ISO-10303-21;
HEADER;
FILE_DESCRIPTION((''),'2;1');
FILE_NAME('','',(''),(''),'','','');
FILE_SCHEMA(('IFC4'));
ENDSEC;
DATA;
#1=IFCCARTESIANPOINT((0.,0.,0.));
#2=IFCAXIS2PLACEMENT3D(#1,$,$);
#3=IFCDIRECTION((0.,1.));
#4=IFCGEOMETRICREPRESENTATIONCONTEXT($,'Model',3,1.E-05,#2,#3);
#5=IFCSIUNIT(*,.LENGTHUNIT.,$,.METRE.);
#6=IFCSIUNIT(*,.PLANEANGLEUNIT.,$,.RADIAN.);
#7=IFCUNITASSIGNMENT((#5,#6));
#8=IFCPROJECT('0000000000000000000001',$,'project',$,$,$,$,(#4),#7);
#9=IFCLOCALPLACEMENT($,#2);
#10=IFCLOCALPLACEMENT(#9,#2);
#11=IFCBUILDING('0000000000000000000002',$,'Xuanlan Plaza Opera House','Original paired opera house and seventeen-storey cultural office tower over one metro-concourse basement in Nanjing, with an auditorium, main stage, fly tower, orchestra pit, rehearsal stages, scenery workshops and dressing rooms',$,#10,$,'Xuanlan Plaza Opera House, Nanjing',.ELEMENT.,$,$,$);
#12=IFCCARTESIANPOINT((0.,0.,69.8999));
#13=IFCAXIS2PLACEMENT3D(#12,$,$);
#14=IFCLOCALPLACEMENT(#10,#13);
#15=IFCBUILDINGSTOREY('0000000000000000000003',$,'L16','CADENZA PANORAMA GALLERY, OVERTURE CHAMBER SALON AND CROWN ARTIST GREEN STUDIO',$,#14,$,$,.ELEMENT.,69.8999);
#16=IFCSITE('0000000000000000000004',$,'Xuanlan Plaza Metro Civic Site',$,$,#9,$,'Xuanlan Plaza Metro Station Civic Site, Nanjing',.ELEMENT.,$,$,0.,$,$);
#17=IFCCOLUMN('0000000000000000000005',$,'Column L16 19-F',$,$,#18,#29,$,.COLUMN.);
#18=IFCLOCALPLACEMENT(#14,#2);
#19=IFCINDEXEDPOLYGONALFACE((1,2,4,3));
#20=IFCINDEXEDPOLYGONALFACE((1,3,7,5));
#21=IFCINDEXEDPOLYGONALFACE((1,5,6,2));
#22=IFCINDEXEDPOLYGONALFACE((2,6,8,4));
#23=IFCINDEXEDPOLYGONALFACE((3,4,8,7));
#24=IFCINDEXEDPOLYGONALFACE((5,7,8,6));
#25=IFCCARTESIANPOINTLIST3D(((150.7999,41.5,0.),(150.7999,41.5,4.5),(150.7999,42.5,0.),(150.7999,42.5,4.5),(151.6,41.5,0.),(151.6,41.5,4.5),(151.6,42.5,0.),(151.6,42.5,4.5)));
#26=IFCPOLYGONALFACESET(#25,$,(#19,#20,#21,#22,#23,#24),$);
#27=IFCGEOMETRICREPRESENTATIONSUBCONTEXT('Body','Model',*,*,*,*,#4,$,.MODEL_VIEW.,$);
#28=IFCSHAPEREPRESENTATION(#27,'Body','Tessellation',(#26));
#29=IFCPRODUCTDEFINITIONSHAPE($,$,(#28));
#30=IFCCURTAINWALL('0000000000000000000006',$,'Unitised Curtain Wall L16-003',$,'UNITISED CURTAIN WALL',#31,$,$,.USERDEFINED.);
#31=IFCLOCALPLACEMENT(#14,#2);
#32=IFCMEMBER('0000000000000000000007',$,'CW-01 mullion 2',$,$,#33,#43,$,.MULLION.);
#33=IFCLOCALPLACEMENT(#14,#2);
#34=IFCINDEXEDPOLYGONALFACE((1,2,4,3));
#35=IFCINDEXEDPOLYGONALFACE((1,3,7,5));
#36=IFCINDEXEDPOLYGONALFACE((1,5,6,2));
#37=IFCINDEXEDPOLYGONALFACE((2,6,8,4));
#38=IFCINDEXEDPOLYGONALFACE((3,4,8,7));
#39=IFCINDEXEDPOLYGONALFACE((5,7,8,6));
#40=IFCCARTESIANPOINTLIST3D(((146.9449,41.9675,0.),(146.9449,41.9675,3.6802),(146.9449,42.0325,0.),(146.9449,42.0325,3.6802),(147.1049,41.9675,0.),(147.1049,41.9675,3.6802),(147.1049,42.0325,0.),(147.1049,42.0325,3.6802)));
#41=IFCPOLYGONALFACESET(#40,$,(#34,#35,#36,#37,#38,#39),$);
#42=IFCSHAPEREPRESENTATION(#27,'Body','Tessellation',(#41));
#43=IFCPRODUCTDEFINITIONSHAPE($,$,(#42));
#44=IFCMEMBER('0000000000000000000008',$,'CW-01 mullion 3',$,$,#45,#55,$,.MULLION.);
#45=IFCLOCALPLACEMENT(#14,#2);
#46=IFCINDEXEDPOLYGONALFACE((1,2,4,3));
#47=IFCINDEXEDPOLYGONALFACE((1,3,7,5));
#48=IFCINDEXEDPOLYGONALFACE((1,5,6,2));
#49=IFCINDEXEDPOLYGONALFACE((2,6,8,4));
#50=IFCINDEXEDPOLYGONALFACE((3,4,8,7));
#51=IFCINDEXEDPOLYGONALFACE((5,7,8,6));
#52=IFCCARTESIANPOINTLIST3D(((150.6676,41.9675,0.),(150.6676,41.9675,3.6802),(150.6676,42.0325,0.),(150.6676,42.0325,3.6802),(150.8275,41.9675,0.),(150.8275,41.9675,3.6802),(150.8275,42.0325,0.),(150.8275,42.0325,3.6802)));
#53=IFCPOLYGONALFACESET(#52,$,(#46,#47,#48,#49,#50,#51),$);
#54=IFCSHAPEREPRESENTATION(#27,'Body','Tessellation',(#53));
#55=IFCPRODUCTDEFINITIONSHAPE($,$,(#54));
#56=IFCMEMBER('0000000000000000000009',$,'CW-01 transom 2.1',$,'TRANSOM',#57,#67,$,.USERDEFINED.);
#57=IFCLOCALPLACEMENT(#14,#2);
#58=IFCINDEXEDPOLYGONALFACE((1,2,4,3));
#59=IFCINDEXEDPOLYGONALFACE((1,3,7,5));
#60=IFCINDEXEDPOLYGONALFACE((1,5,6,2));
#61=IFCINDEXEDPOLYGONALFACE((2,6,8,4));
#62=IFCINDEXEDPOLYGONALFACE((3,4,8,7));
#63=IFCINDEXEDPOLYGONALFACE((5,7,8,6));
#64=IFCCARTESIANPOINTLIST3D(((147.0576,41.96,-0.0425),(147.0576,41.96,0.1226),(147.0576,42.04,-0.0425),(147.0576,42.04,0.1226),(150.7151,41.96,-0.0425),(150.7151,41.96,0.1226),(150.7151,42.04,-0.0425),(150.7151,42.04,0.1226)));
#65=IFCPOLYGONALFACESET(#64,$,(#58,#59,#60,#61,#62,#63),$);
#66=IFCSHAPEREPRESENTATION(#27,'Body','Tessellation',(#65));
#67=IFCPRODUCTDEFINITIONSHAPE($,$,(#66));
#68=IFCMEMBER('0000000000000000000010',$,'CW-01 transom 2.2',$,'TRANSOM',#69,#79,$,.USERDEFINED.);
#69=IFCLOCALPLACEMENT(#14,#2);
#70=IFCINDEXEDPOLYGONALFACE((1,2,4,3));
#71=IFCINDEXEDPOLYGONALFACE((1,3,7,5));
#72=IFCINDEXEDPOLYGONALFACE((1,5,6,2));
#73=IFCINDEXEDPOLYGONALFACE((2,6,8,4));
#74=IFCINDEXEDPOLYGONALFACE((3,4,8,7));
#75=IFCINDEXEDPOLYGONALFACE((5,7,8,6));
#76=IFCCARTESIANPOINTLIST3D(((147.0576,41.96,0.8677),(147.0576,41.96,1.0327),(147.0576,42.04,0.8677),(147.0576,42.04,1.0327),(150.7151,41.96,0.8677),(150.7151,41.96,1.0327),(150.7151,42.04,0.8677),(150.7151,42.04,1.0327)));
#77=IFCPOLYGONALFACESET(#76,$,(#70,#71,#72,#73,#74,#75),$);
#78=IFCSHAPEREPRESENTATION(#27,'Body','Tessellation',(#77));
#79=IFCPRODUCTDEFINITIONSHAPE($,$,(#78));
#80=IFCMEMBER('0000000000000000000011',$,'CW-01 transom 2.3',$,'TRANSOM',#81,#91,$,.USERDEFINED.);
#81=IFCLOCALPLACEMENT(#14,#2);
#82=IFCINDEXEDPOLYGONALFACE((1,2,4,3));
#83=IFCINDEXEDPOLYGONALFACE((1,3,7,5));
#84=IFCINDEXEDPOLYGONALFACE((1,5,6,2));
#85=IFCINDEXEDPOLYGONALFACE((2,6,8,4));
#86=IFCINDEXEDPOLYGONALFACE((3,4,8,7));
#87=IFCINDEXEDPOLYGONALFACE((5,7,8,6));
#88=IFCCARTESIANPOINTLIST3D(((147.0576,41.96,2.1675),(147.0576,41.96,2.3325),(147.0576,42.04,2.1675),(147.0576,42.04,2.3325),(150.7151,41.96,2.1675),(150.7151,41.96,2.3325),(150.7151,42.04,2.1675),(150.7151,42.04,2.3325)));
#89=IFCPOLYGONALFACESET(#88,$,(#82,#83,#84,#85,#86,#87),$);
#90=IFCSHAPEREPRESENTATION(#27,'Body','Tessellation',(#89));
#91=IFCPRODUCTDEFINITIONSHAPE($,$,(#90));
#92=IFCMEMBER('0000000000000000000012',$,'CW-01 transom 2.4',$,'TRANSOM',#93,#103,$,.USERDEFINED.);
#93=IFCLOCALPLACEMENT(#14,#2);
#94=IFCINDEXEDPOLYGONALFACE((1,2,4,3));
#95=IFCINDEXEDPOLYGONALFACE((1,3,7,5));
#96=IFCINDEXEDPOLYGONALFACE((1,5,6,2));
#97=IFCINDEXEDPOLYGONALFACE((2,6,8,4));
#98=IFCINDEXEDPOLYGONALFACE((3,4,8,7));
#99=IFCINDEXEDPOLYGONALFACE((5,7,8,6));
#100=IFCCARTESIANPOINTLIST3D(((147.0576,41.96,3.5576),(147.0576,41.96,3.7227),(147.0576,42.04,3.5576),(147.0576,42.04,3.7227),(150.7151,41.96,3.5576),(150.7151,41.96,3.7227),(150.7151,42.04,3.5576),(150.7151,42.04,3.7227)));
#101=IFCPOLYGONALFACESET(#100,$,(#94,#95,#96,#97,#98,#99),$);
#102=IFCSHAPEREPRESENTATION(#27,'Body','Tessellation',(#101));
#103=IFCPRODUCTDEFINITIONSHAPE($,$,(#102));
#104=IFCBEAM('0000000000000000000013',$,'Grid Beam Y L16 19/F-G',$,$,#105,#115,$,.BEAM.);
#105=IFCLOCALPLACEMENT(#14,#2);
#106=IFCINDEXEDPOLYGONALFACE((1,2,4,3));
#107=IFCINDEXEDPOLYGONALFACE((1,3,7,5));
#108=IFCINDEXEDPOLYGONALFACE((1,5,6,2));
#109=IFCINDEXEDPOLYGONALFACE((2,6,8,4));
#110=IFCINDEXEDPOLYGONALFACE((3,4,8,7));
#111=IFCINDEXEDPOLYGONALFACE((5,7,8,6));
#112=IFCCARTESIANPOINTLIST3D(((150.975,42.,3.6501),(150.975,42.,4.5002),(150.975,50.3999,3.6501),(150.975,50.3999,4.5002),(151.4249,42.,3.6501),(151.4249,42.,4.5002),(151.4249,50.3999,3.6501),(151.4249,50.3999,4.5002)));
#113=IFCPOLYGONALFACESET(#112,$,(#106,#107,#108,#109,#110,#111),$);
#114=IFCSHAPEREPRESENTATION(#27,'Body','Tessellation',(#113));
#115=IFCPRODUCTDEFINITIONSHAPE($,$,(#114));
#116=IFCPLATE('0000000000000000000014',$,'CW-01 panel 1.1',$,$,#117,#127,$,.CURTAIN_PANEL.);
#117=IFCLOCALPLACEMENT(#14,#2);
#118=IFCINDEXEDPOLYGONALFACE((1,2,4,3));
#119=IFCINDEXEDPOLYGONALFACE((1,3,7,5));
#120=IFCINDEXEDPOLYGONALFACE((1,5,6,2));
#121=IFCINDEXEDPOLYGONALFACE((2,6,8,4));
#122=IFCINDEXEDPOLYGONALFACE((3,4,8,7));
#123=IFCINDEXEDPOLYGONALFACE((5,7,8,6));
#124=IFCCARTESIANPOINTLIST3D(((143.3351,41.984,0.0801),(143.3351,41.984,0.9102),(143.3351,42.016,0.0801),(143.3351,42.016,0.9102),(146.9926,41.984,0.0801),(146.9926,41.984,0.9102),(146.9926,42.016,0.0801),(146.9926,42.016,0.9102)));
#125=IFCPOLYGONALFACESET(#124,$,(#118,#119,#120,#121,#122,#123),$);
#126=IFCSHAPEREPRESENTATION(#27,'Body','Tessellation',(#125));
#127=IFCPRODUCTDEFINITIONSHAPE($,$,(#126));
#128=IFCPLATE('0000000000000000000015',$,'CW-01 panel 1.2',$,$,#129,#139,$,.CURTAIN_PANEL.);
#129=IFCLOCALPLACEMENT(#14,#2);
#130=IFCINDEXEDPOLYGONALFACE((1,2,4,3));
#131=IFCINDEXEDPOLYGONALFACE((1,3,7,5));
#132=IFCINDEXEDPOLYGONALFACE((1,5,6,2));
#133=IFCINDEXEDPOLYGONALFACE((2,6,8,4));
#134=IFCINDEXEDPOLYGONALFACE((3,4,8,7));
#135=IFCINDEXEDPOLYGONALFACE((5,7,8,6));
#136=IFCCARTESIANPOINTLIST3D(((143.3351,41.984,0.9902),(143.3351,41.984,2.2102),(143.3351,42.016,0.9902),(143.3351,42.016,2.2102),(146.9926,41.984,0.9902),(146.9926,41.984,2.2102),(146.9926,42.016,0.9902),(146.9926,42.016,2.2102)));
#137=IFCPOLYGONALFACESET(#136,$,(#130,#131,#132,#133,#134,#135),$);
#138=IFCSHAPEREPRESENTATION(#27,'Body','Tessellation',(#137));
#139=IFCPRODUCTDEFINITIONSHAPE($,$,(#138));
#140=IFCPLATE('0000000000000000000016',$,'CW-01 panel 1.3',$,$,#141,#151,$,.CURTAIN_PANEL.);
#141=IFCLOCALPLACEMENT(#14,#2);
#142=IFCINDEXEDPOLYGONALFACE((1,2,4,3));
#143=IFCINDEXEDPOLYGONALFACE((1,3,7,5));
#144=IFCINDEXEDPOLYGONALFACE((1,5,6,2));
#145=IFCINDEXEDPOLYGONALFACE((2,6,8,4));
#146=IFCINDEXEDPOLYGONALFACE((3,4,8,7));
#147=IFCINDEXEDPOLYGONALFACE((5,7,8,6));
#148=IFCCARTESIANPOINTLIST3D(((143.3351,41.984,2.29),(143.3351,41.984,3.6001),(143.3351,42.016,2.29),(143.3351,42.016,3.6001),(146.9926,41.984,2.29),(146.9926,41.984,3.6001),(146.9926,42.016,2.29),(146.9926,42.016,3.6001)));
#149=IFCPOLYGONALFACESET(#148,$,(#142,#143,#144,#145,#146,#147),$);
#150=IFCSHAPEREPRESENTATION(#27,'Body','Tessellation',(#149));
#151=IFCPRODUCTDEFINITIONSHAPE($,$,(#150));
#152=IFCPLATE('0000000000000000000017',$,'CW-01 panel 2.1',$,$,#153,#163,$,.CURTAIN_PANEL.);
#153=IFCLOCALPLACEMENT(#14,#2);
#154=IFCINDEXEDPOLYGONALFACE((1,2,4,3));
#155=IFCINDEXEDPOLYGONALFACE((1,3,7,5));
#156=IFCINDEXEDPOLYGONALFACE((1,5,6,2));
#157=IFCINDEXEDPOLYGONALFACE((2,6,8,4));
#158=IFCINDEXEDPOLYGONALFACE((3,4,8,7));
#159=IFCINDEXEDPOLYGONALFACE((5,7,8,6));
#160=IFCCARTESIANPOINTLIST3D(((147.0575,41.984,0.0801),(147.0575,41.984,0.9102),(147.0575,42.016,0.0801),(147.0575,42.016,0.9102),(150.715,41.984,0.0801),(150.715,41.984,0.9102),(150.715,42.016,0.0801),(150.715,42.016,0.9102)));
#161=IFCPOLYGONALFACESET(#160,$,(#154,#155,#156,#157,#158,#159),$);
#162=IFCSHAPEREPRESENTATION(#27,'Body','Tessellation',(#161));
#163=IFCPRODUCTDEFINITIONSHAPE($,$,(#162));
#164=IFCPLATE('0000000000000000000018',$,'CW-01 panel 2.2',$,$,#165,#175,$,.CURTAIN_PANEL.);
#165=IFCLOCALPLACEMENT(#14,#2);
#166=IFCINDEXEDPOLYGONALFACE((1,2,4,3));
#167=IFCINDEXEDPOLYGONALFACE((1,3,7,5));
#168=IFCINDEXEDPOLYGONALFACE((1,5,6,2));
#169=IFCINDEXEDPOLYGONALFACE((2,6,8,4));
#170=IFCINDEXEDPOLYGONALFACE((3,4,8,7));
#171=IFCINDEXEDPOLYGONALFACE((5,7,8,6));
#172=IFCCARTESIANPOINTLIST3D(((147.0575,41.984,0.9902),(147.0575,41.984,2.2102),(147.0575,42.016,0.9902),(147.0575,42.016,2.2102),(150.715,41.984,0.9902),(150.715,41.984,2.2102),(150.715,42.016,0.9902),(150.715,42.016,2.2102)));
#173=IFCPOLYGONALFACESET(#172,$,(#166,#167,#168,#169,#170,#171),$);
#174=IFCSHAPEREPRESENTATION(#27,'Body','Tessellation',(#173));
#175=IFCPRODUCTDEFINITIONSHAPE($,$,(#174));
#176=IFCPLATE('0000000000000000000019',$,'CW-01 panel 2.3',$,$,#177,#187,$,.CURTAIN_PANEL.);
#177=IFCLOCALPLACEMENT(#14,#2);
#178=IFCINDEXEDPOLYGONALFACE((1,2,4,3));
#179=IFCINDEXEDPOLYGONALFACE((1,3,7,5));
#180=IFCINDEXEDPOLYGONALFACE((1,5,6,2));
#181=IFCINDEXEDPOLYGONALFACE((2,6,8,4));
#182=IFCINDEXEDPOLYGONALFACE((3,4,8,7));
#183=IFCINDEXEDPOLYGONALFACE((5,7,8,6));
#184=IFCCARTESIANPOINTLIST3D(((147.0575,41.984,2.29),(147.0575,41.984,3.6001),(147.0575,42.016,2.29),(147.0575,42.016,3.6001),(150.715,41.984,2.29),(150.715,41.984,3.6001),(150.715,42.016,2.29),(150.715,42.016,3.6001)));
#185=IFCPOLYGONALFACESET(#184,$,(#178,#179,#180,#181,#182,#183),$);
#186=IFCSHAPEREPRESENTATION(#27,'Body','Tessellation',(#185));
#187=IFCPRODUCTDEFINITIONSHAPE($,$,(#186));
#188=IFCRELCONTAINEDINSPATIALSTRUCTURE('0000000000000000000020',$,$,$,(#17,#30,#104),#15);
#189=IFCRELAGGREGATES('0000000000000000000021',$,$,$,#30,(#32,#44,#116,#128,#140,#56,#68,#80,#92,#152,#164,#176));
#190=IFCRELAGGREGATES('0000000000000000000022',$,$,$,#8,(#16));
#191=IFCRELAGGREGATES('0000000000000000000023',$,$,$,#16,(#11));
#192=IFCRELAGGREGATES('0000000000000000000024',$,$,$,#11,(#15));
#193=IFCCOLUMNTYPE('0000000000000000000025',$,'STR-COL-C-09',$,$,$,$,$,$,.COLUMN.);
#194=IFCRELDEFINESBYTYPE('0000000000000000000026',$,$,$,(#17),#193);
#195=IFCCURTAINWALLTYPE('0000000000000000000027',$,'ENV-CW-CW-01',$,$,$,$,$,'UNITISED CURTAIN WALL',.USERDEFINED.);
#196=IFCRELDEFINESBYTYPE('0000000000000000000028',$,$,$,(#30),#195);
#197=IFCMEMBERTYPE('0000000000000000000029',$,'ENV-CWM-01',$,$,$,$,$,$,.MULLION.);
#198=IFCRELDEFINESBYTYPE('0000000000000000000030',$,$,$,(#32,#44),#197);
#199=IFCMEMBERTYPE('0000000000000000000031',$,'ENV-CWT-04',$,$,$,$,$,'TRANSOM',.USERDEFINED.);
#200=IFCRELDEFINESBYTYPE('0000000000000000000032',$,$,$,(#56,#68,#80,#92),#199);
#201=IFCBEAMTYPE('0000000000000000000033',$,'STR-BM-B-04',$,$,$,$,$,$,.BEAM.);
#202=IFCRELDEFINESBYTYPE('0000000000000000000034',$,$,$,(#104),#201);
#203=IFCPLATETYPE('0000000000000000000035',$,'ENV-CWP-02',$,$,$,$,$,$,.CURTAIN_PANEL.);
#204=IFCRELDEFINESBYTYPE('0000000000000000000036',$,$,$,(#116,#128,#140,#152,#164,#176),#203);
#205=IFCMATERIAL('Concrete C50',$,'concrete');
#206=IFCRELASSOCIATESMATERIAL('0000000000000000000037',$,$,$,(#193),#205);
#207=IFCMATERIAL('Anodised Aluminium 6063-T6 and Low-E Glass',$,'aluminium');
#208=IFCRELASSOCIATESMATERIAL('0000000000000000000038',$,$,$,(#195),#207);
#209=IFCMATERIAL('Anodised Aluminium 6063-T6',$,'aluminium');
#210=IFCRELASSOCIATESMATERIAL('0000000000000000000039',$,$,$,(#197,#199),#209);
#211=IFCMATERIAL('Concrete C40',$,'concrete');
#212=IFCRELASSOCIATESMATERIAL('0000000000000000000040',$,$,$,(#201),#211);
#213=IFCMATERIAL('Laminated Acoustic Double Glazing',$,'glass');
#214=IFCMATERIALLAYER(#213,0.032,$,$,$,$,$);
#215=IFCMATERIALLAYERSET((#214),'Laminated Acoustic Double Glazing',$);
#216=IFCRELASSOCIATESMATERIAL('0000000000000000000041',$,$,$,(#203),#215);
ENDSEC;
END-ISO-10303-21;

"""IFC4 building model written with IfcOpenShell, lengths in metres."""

from ifc_helpers import new_model, si_unit, direction, frame, origin, origin_2d, place, context, subcontext, project, spatial, rectangle, extrude, material, layer, layer_set, material_profile, profile_set, type_object, element, aggregate, save


model = new_model("IFC4")

# Units and contexts
model_context = context("Model", 3, precision=1e-05, world=origin(), true_north=direction((0.0, 1.0)))
body_context = subcontext(model_context, "Body", "Model", "MODEL_VIEW")
ifc_project = project(units=[si_unit("LENGTHUNIT", "METRE"), si_unit("PLANEANGLEUNIT", "RADIAN")], contexts=[model_context])

# Site, building, storey
site_placement = place(None, origin())
site = spatial("IfcSite", under=ifc_project, at=site_placement, Name="Xuanlan Plaza Metro Civic Site", LongName="Xuanlan Plaza Metro Station Civic Site, Nanjing", CompositionType="ELEMENT", RefElevation=0.0)
building_placement = place(site_placement, origin())
building = spatial("IfcBuilding", under=site, at=building_placement, Name="Xuanlan Plaza Opera House", Description="Original paired opera house and seventeen-storey cultural office tower over one metro-concourse basement in Nanjing, with an auditorium, main stage, fly tower, orchestra pit, rehearsal stages, scenery workshops and dressing rooms", LongName="Xuanlan Plaza Opera House, Nanjing", CompositionType="ELEMENT")
storey_placement = place(building_placement, frame((0.0, 0.0, 69.8999)))
storey = spatial("IfcBuildingStorey", under=building, at=storey_placement, Name="L16", Description="CADENZA PANORAMA GALLERY, OVERTURE CHAMBER SALON AND CROWN ARTIST GREEN STUDIO", CompositionType="ELEMENT", Elevation=69.8999)

# Column
ifc_material_1 = material(Name="Concrete C50", Category="concrete")
ifc_material_profile_1 = material_profile(ifc_material_1, rectangle(XDim=0.8, YDim=1.0, at=origin_2d()), Name="RC-COL 800x1000")
ifc_profile_set_1 = profile_set([ifc_material_profile_1], Name="Concrete C50")
column_type = type_object("IfcColumnType", Name="STR-COL-C-09", PredefinedType="COLUMN", material=ifc_profile_set_1)
column_placement = place(storey_placement, frame((151.2, 42.0, 0.0), z_axis=(0.0, 0.0, 1.0), x_axis=(1.0, 0.0, 0.0)))
element("IfcColumn", 1, at=column_placement, inside=storey, type_object=column_type, Name="Column L16 19-F", PredefinedType="COLUMN", context=body_context, shape_type="SweptSolid", body=[
    extrude(rectangle(XDim=0.8, YDim=1.0, at=origin_2d()), origin(), (0.0, 0.0, 1.0), 4.5),
])

# Curtain wall, members
ifc_material_2 = material(Name="Anodised Aluminium 6063-T6 and Low-E Glass", Category="aluminium")
curtain_wall_type = type_object("IfcCurtainWallType", Name="ENV-CW-CW-01", ElementType="UNITISED CURTAIN WALL", PredefinedType="USERDEFINED", material=ifc_material_2)
curtain_wall_placement = place(storey_placement, origin())
curtain_wall = element("IfcCurtainWall", 2, at=curtain_wall_placement, inside=storey, type_object=curtain_wall_type, Name="Unitised Curtain Wall L16-003", ObjectType="UNITISED CURTAIN WALL", PredefinedType="USERDEFINED")
ifc_material_3 = material(Name="Anodised Aluminium 6063-T6", Category="aluminium")
ifc_material_profile_2 = material_profile(ifc_material_3, rectangle(XDim=0.0649, YDim=0.1599, at=origin_2d()), Name="ALU-M 65x160")
ifc_profile_set_2 = profile_set([ifc_material_profile_2], Name="Anodised Aluminium 6063-T6")
member_type_1 = type_object("IfcMemberType", Name="ENV-CWM-01", PredefinedType="MULLION", material=ifc_profile_set_2)
member_1_placement = place(storey_placement, frame((147.0249, 42.0, 0.0), z_axis=(0.0, 0.0, 1.0), x_axis=(0.0, 1.0, 0.0)))
member_1 = element("IfcMember", 3, at=member_1_placement, type_object=member_type_1, Name="CW-01 mullion 2", PredefinedType="MULLION", context=body_context, shape_type="SweptSolid", body=[
    extrude(rectangle(XDim=0.0649, YDim=0.1599, at=origin_2d()), origin(), (0.0, 0.0, 1.0), 3.6802),
])
member_2_placement = place(storey_placement, frame((150.7476, 42.0, 0.0), z_axis=(0.0, 0.0, 1.0), x_axis=(0.0, 1.0, 0.0)))
member_2 = element("IfcMember", 4, at=member_2_placement, type_object=member_type_1, Name="CW-01 mullion 3", PredefinedType="MULLION", context=body_context, shape_type="SweptSolid", body=[
    extrude(rectangle(XDim=0.0649, YDim=0.1599, at=origin_2d()), origin(), (0.0, 0.0, 1.0), 3.6802),
])
ifc_material_profile_3 = material_profile(ifc_material_3, rectangle(XDim=0.0801, YDim=0.165, at=origin_2d()), Name="ALU-T 80x165")
ifc_profile_set_3 = profile_set([ifc_material_profile_3], Name="Anodised Aluminium 6063-T6")
member_type_2 = type_object("IfcMemberType", Name="ENV-CWT-04", ElementType="TRANSOM", PredefinedType="USERDEFINED", material=ifc_profile_set_3)
member_3_placement = place(storey_placement, frame((147.0576, 42.0, 0.04), z_axis=(1.0, 0.0, 0.0), x_axis=(0.0, 1.0, 0.0)))
member_3 = element("IfcMember", 5, at=member_3_placement, type_object=member_type_2, Name="CW-01 transom 2.1", ObjectType="TRANSOM", PredefinedType="USERDEFINED", context=body_context, shape_type="SweptSolid", body=[
    extrude(rectangle(XDim=0.0801, YDim=0.165, at=origin_2d()), origin(), (0.0, 0.0, 1.0), 3.6575),
])
member_4_placement = place(storey_placement, frame((147.0576, 42.0, 0.9502), z_axis=(1.0, 0.0, 0.0), x_axis=(0.0, 1.0, 0.0)))
member_4 = element("IfcMember", 6, at=member_4_placement, type_object=member_type_2, Name="CW-01 transom 2.2", ObjectType="TRANSOM", PredefinedType="USERDEFINED", context=body_context, shape_type="SweptSolid", body=[
    extrude(rectangle(XDim=0.0801, YDim=0.165, at=origin_2d()), origin(), (0.0, 0.0, 1.0), 3.6575),
])
member_5_placement = place(storey_placement, frame((147.0576, 42.0, 2.25), z_axis=(1.0, 0.0, 0.0), x_axis=(0.0, 1.0, 0.0)))
member_5 = element("IfcMember", 7, at=member_5_placement, type_object=member_type_2, Name="CW-01 transom 2.3", ObjectType="TRANSOM", PredefinedType="USERDEFINED", context=body_context, shape_type="SweptSolid", body=[
    extrude(rectangle(XDim=0.0801, YDim=0.165, at=origin_2d()), origin(), (0.0, 0.0, 1.0), 3.6575),
])
member_6_placement = place(storey_placement, frame((147.0576, 42.0, 3.6401), z_axis=(1.0, 0.0, 0.0), x_axis=(0.0, 1.0, 0.0)))
member_6 = element("IfcMember", 8, at=member_6_placement, type_object=member_type_2, Name="CW-01 transom 2.4", ObjectType="TRANSOM", PredefinedType="USERDEFINED", context=body_context, shape_type="SweptSolid", body=[
    extrude(rectangle(XDim=0.0801, YDim=0.165, at=origin_2d()), origin(), (0.0, 0.0, 1.0), 3.6575),
])

# Beam
ifc_material_4 = material(Name="Concrete C40", Category="concrete")
ifc_material_profile_4 = material_profile(ifc_material_4, rectangle(XDim=0.45, YDim=0.8501, at=origin_2d()), Name="RC-BM 450x850")
ifc_profile_set_4 = profile_set([ifc_material_profile_4], Name="Concrete C40")
beam_type = type_object("IfcBeamType", Name="STR-BM-B-04", PredefinedType="BEAM", material=ifc_profile_set_4)
beam_placement = place(storey_placement, frame((151.2, 42.0, 4.0752), z_axis=(0.0, 1.0, 0.0), x_axis=(-1.0, 0.0, 0.0)))
element("IfcBeam", 9, at=beam_placement, inside=storey, type_object=beam_type, Name="Grid Beam Y L16 19/F-G", PredefinedType="BEAM", context=body_context, shape_type="SweptSolid", body=[
    extrude(rectangle(XDim=0.45, YDim=0.8501, at=origin_2d()), origin(), (0.0, 0.0, 1.0), 8.3999),
])

# Plates
ifc_material_5 = material(Name="Laminated Acoustic Double Glazing", Category="glass")
ifc_layer_1 = layer(ifc_material_5, 0.032)
ifc_layer_set_1 = layer_set([ifc_layer_1], Name="Laminated Acoustic Double Glazing")
plate_type = type_object("IfcPlateType", Name="ENV-CWP-02", PredefinedType="CURTAIN_PANEL", material=ifc_layer_set_1)
plate_1_placement = place(storey_placement, frame((145.1638, 42.0, 0.0801), z_axis=(0.0, 0.0, 1.0), x_axis=(1.0, 0.0, 0.0)))
plate_1 = element("IfcPlate", 10, at=plate_1_placement, type_object=plate_type, Name="CW-01 panel 1.1", PredefinedType="CURTAIN_PANEL", context=body_context, shape_type="SweptSolid", body=[
    extrude(rectangle(XDim=3.6575, YDim=0.032, at=origin_2d()), origin(), (0.0, 0.0, 1.0), 0.8301),
])
plate_2_placement = place(storey_placement, frame((145.1638, 42.0, 0.9902), z_axis=(0.0, 0.0, 1.0), x_axis=(1.0, 0.0, 0.0)))
plate_2 = element("IfcPlate", 11, at=plate_2_placement, type_object=plate_type, Name="CW-01 panel 1.2", PredefinedType="CURTAIN_PANEL", context=body_context, shape_type="SweptSolid", body=[
    extrude(rectangle(XDim=3.6575, YDim=0.032, at=origin_2d()), origin(), (0.0, 0.0, 1.0), 1.22),
])
plate_3_placement = place(storey_placement, frame((145.1638, 42.0, 2.29), z_axis=(0.0, 0.0, 1.0), x_axis=(1.0, 0.0, 0.0)))
plate_3 = element("IfcPlate", 12, at=plate_3_placement, type_object=plate_type, Name="CW-01 panel 1.3", PredefinedType="CURTAIN_PANEL", context=body_context, shape_type="SweptSolid", body=[
    extrude(rectangle(XDim=3.6575, YDim=0.032, at=origin_2d()), origin(), (0.0, 0.0, 1.0), 1.3101),
])
plate_4_placement = place(storey_placement, frame((148.8862, 42.0, 0.0801), z_axis=(0.0, 0.0, 1.0), x_axis=(1.0, 0.0, 0.0)))
plate_4 = element("IfcPlate", 13, at=plate_4_placement, type_object=plate_type, Name="CW-01 panel 2.1", PredefinedType="CURTAIN_PANEL", context=body_context, shape_type="SweptSolid", body=[
    extrude(rectangle(XDim=3.6575, YDim=0.032, at=origin_2d()), origin(), (0.0, 0.0, 1.0), 0.8301),
])
plate_5_placement = place(storey_placement, frame((148.8862, 42.0, 0.9902), z_axis=(0.0, 0.0, 1.0), x_axis=(1.0, 0.0, 0.0)))
plate_5 = element("IfcPlate", 14, at=plate_5_placement, type_object=plate_type, Name="CW-01 panel 2.2", PredefinedType="CURTAIN_PANEL", context=body_context, shape_type="SweptSolid", body=[
    extrude(rectangle(XDim=3.6575, YDim=0.032, at=origin_2d()), origin(), (0.0, 0.0, 1.0), 1.22),
])
plate_6_placement = place(storey_placement, frame((148.8862, 42.0, 2.29), z_axis=(0.0, 0.0, 1.0), x_axis=(1.0, 0.0, 0.0)))
plate_6 = element("IfcPlate", 15, at=plate_6_placement, type_object=plate_type, Name="CW-01 panel 2.3", PredefinedType="CURTAIN_PANEL", context=body_context, shape_type="SweptSolid", body=[
    extrude(rectangle(XDim=3.6575, YDim=0.032, at=origin_2d()), origin(), (0.0, 0.0, 1.0), 1.3101),
])
aggregate(curtain_wall, [member_1, member_2, plate_1, plate_2, plate_3, member_3, member_4, member_5, member_6, plate_4, plate_5, plate_6])

save(model, "model.ifc")
